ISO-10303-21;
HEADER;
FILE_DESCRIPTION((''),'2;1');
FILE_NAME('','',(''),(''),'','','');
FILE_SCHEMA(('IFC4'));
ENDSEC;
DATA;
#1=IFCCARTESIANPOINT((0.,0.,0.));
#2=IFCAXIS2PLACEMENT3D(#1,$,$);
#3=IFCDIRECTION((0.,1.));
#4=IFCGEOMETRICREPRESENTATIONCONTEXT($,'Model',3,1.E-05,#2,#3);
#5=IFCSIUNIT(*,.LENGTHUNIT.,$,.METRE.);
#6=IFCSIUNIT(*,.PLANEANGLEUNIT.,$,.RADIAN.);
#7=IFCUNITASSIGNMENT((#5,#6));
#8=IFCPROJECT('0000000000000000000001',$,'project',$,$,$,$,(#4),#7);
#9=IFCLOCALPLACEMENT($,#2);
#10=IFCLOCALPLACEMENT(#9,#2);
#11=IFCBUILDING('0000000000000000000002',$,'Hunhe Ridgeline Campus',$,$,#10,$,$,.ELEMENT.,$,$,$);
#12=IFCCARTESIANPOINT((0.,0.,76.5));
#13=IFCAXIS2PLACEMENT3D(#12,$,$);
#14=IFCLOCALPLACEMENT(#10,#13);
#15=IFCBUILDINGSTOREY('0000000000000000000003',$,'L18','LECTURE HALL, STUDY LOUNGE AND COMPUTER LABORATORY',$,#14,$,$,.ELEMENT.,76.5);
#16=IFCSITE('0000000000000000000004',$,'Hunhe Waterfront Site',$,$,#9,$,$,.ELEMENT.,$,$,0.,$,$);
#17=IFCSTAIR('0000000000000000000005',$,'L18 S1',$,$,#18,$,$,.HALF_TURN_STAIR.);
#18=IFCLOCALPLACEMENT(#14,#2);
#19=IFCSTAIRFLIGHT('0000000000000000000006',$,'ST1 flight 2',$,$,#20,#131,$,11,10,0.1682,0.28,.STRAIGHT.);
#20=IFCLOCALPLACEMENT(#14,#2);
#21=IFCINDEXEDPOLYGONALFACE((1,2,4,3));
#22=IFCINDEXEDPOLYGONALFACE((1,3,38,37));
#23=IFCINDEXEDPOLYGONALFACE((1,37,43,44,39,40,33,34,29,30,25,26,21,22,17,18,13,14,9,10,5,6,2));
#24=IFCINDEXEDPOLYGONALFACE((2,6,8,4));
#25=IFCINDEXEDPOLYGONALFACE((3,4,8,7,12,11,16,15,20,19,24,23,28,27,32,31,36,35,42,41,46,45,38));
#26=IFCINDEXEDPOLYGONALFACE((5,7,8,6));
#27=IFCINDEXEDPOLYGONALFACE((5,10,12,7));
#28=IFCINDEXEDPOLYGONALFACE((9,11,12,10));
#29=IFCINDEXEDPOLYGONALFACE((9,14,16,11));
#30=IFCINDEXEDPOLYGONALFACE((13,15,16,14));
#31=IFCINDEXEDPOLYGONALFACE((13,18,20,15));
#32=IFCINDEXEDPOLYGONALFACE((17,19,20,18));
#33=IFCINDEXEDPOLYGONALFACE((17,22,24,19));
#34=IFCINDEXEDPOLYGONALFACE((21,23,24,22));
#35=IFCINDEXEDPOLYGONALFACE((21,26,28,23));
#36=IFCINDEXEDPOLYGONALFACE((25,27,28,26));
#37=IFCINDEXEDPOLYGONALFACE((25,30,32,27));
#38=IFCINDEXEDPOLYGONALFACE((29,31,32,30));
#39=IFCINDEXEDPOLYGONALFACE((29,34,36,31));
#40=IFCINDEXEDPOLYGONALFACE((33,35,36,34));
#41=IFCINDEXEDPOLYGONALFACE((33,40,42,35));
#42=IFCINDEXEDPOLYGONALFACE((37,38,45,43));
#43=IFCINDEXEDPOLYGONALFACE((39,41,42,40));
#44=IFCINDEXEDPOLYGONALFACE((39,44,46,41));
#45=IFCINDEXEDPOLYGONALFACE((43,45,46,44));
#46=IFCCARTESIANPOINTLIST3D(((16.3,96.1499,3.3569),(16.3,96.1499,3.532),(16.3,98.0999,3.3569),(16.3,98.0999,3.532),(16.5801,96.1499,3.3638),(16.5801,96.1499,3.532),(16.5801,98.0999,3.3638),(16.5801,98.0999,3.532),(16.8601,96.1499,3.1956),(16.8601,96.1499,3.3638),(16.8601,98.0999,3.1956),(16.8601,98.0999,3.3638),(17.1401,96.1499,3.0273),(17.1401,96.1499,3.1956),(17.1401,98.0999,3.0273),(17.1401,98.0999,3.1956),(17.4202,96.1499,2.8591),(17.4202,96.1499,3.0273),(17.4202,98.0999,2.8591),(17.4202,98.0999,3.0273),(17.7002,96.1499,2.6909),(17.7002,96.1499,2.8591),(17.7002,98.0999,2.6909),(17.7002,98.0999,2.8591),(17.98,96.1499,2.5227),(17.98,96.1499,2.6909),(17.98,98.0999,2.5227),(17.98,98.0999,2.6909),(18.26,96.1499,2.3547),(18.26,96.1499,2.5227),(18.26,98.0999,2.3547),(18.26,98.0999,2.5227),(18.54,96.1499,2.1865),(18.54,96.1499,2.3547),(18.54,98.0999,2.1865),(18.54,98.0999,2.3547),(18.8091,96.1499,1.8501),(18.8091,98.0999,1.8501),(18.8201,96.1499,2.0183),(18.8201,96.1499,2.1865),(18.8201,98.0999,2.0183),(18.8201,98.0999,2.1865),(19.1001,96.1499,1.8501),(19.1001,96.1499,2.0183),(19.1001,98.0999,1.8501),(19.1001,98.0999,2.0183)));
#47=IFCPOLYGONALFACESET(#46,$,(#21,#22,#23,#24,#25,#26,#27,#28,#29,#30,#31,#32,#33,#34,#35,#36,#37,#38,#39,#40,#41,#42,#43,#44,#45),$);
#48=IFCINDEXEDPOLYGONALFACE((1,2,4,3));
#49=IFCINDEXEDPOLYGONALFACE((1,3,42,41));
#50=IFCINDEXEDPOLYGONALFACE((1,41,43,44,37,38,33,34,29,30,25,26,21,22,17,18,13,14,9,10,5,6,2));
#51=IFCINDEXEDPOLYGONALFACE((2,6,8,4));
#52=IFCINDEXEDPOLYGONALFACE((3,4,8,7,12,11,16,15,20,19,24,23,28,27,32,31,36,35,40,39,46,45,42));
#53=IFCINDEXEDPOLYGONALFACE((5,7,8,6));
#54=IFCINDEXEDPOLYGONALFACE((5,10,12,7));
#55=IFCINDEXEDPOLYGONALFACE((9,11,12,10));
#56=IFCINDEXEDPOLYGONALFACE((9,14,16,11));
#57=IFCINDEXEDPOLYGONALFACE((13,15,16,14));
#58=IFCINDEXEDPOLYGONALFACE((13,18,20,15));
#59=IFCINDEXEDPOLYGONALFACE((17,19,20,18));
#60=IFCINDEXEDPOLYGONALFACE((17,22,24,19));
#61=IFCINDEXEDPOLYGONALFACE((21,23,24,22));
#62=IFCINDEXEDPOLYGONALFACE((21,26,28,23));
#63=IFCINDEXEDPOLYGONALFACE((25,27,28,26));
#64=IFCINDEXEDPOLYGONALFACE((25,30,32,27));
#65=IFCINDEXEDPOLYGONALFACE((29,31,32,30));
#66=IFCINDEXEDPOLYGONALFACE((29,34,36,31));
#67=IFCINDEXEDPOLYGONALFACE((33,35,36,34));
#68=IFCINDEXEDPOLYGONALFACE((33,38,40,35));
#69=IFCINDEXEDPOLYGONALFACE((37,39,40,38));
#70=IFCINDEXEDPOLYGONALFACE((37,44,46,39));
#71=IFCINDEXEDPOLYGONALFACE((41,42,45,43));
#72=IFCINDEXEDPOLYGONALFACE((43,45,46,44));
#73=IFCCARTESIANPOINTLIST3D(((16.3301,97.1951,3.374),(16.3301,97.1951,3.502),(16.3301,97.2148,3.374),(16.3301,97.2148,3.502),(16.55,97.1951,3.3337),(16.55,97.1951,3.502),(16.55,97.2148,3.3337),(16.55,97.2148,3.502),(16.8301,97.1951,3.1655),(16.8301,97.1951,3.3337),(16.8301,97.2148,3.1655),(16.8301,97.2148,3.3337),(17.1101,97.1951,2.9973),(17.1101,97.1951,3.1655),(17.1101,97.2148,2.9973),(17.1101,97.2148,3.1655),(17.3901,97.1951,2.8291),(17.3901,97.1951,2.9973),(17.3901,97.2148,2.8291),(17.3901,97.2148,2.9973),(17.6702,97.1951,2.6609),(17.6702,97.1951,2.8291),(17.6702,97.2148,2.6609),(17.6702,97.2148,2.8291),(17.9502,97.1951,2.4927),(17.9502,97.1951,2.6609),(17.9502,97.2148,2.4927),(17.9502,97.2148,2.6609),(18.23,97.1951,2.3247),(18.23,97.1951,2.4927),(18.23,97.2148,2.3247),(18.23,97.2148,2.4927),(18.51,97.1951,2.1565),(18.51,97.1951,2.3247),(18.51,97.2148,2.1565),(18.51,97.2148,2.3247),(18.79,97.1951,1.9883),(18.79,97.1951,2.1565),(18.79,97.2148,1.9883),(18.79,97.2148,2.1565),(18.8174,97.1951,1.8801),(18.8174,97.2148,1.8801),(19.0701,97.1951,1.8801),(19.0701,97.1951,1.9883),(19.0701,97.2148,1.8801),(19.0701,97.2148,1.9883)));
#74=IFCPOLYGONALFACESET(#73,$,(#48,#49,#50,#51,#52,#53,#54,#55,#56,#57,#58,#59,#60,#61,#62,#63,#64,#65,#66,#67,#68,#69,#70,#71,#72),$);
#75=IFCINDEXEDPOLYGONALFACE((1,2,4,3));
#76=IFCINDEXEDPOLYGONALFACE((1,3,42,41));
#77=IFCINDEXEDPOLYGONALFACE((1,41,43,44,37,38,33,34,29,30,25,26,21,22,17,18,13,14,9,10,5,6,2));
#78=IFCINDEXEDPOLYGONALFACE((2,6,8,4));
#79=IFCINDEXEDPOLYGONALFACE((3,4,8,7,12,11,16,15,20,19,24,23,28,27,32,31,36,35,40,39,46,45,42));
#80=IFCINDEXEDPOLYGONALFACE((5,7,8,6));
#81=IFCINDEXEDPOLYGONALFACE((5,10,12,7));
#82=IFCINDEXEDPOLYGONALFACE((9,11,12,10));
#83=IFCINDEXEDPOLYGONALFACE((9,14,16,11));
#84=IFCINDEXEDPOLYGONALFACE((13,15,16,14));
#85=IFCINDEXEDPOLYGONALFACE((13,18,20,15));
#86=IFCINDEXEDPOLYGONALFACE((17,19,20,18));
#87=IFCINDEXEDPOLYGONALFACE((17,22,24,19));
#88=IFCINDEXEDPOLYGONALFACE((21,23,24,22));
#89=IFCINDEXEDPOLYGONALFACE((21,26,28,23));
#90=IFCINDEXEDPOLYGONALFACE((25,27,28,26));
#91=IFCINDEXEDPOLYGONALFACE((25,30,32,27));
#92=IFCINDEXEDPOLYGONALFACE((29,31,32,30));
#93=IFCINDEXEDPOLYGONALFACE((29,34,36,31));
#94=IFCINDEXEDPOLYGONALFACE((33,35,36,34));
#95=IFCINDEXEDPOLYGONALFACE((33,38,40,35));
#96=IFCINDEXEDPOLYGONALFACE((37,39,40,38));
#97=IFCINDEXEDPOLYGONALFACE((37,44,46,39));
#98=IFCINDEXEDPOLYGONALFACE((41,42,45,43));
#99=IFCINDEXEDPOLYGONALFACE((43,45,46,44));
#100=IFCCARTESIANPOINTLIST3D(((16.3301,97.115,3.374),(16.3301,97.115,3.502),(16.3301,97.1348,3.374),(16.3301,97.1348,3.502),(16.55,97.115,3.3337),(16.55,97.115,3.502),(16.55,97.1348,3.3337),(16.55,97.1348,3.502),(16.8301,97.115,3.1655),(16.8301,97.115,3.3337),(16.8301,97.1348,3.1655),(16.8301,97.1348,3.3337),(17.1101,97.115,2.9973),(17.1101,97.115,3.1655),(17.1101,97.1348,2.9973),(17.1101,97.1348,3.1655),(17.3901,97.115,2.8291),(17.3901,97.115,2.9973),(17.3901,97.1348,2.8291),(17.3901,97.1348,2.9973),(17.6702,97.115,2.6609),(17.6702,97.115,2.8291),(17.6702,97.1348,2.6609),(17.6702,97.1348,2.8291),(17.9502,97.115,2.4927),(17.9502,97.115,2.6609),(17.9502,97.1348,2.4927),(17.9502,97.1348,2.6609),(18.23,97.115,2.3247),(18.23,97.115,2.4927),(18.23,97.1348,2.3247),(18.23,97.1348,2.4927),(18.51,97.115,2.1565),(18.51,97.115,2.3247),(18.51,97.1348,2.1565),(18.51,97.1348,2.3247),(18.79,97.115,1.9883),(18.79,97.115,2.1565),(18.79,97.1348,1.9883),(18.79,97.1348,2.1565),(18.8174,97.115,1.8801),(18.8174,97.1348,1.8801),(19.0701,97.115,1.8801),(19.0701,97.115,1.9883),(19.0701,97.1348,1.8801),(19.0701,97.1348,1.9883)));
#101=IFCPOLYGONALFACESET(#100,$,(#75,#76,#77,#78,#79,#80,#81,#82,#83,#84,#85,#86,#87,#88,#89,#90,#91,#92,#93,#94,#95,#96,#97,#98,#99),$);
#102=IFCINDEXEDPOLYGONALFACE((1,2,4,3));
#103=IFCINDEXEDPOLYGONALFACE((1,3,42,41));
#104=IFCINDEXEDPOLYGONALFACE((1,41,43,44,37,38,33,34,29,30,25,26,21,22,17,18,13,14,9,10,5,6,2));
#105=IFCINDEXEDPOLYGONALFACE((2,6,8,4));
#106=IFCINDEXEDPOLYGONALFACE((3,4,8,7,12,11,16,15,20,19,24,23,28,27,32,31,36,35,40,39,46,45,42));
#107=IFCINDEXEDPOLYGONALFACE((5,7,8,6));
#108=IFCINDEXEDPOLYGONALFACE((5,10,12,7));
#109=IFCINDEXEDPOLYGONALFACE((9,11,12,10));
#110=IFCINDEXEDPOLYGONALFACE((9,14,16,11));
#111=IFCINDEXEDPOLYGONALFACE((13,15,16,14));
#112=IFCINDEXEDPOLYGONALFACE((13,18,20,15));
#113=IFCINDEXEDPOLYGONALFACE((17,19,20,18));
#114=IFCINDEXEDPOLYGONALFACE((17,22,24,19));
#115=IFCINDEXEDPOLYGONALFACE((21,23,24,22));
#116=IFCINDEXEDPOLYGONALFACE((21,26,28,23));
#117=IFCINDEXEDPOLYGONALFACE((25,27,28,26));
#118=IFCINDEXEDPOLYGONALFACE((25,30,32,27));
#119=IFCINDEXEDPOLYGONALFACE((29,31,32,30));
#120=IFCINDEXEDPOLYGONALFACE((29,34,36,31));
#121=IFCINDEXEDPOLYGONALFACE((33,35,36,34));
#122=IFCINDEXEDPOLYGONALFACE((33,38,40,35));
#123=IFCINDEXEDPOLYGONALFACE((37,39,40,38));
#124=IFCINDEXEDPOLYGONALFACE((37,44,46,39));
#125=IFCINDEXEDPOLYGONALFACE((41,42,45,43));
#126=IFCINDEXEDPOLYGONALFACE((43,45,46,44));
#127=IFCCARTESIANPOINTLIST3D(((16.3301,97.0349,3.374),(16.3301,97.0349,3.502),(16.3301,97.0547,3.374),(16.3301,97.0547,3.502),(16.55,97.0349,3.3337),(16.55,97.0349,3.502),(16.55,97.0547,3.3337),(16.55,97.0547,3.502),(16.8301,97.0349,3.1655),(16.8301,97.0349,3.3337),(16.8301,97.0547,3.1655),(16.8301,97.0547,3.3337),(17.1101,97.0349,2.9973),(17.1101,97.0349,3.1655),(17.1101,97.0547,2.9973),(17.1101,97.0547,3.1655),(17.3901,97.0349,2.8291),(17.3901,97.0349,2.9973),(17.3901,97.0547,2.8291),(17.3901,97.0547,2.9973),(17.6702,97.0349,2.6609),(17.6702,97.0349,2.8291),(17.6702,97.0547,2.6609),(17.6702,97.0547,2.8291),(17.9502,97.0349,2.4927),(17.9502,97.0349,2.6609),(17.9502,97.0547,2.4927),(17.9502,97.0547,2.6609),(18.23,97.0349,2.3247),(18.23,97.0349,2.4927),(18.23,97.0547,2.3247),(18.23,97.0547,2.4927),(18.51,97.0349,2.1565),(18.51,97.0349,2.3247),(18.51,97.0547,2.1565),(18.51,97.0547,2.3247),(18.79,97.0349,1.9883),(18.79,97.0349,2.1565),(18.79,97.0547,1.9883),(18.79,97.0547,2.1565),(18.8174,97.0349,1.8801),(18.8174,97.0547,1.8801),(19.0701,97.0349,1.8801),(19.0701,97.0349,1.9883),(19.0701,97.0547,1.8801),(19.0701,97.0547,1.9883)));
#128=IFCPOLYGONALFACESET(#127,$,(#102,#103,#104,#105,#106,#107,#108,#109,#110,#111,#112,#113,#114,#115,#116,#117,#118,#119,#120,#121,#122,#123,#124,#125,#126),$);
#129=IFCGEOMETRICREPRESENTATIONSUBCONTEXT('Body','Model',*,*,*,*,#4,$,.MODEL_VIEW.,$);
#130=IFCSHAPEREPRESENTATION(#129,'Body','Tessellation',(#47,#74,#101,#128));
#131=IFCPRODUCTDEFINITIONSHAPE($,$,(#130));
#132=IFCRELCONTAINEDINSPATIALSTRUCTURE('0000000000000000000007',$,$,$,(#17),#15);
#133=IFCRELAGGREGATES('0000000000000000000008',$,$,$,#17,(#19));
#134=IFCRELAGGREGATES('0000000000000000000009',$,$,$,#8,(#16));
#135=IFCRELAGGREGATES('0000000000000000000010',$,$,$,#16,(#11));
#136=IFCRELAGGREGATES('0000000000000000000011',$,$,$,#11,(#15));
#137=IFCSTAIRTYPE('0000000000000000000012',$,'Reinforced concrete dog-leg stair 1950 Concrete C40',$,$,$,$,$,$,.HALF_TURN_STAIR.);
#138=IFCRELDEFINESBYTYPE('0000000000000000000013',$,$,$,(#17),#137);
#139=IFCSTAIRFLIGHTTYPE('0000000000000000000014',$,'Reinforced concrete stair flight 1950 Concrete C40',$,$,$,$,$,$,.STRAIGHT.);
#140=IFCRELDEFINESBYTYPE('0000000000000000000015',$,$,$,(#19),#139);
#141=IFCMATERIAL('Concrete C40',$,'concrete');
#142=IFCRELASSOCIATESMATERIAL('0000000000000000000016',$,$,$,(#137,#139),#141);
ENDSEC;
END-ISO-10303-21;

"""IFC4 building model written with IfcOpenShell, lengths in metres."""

from ifc_helpers import new_model, si_unit, direction, frame, origin, place, context, subcontext, project, spatial, polyline, outline, extrude, material, type_object, element, aggregate, save


model = new_model("IFC4")

# Units and contexts
model_context = context("Model", 3, precision=1e-05, world=origin(), true_north=direction((0.0, 1.0)))
body_context = subcontext(model_context, "Body", "Model", "MODEL_VIEW")
ifc_project = project(units=[si_unit("LENGTHUNIT", "METRE"), si_unit("PLANEANGLEUNIT", "RADIAN")], contexts=[model_context])

# Site, building, storey
site_placement = place(None, origin())
site = spatial("IfcSite", under=ifc_project, at=site_placement, Name="Hunhe Waterfront Site", CompositionType="ELEMENT", RefElevation=0.0)
building_placement = place(site_placement, origin())
building = spatial("IfcBuilding", under=site, at=building_placement, Name="Hunhe Ridgeline Campus", CompositionType="ELEMENT")
storey_placement = place(building_placement, frame((0.0, 0.0, 76.5)))
storey = spatial("IfcBuildingStorey", under=building, at=storey_placement, Name="L18", Description="LECTURE HALL, STUDY LOUNGE AND COMPUTER LABORATORY", CompositionType="ELEMENT", Elevation=76.5)

# Stair, stair flight
ifc_material_1 = material(Name="Concrete C40", Category="concrete")
stair_type = type_object("IfcStairType", Name="Reinforced concrete dog-leg stair 1950 Concrete C40", PredefinedType="HALF_TURN_STAIR", material=ifc_material_1)
stair_placement = place(storey_placement, origin())
stair = element("IfcStair", 1, at=stair_placement, inside=storey, type_object=stair_type, Name="L18 S1", PredefinedType="HALF_TURN_STAIR")
stair_flight_type = type_object("IfcStairFlightType", Name="Reinforced concrete stair flight 1950 Concrete C40", PredefinedType="STRAIGHT", material=ifc_material_1)
stair_flight_1_placement = place(storey_placement, frame((19.1001, 97.125, 1.8501), z_axis=(0.0, 0.0, 1.0), x_axis=(-1.0, 0.0, 0.0)))
stair_flight_1 = element("IfcStairFlight", 2, at=stair_flight_1_placement, type_object=stair_flight_type, Name="ST1 flight 2", NumberOfRisers=11, NumberOfTreads=10, PredefinedType="STRAIGHT", RiserHeight=0.1682, TreadLength=0.28, context=body_context, shape_type="SweptSolid", body=[
    extrude(outline(polyline([(0.0, 0.0), (0.0, 0.1682), (0.28, 0.1682), (0.28, 0.3364), (0.5601, 0.3364), (0.5601, 0.5046), (0.8401, 0.5046), (0.8401, 0.6726), (1.1201, 0.6726), (1.1201, 0.8408), (1.3999, 0.8408), (1.3999, 1.009), (1.6799, 1.009), (1.6799, 1.1772), (1.96, 1.1772), (1.96, 1.3455), (2.24, 1.3455), (2.24, 1.5137), (2.52, 1.5137), (2.52, 1.6819), (2.8, 1.6819), (2.8, 1.8501), (2.8, 1.5068), (0.291, 0.0), (0.0, 0.0)])), frame((0.0, 0.9751, 0.0), z_axis=(0.0, -1.0, 0.0), x_axis=(1.0, 0.0, 0.0)), (0.0, 0.0, 1.0), 1.95),
    extrude(outline(polyline([(0.03, 0.03), (0.03, 0.1382), (0.3101, 0.1382), (0.3101, 0.3064), (0.5901, 0.3064), (0.5901, 0.4746), (0.8701, 0.4746), (0.8701, 0.6426), (1.1499, 0.6426), (1.1499, 0.8108), (1.4299, 0.8108), (1.4299, 0.979), (1.71, 0.979), (1.71, 1.1472), (1.99, 1.1472), (1.99, 1.3154), (2.27, 1.3154), (2.27, 1.4836), (2.55, 1.4836), (2.55, 1.6519), (2.77, 1.6519), (2.77, 1.5239), (0.2827, 0.03), (0.03, 0.03)])), frame((0.0, -0.0701, 0.0), z_axis=(0.0, -1.0, 0.0), x_axis=(1.0, 0.0, 0.0)), (0.0, 0.0, 1.0), 0.0198),
    extrude(outline(polyline([(0.03, 0.03), (0.03, 0.1382), (0.3101, 0.1382), (0.3101, 0.3064), (0.5901, 0.3064), (0.5901, 0.4746), (0.8701, 0.4746), (0.8701, 0.6426), (1.1499, 0.6426), (1.1499, 0.8108), (1.4299, 0.8108), (1.4299, 0.979), (1.71, 0.979), (1.71, 1.1472), (1.99, 1.1472), (1.99, 1.3154), (2.27, 1.3154), (2.27, 1.4836), (2.55, 1.4836), (2.55, 1.6519), (2.77, 1.6519), (2.77, 1.5239), (0.2827, 0.03), (0.03, 0.03)])), frame((0.0, 0.01, 0.0), z_axis=(0.0, -1.0, 0.0), x_axis=(1.0, 0.0, 0.0)), (0.0, 0.0, 1.0), 0.0198),
    extrude(outline(polyline([(0.03, 0.03), (0.03, 0.1382), (0.3101, 0.1382), (0.3101, 0.3064), (0.5901, 0.3064), (0.5901, 0.4746), (0.8701, 0.4746), (0.8701, 0.6426), (1.1499, 0.6426), (1.1499, 0.8108), (1.4299, 0.8108), (1.4299, 0.979), (1.71, 0.979), (1.71, 1.1472), (1.99, 1.1472), (1.99, 1.3154), (2.27, 1.3154), (2.27, 1.4836), (2.55, 1.4836), (2.55, 1.6519), (2.77, 1.6519), (2.77, 1.5239), (0.2827, 0.03), (0.03, 0.03)])), frame((0.0, 0.0901, 0.0), z_axis=(0.0, -1.0, 0.0), x_axis=(1.0, 0.0, 0.0)), (0.0, 0.0, 1.0), 0.0198),
])
aggregate(stair, [stair_flight_1])

save(model, "model.ifc")
